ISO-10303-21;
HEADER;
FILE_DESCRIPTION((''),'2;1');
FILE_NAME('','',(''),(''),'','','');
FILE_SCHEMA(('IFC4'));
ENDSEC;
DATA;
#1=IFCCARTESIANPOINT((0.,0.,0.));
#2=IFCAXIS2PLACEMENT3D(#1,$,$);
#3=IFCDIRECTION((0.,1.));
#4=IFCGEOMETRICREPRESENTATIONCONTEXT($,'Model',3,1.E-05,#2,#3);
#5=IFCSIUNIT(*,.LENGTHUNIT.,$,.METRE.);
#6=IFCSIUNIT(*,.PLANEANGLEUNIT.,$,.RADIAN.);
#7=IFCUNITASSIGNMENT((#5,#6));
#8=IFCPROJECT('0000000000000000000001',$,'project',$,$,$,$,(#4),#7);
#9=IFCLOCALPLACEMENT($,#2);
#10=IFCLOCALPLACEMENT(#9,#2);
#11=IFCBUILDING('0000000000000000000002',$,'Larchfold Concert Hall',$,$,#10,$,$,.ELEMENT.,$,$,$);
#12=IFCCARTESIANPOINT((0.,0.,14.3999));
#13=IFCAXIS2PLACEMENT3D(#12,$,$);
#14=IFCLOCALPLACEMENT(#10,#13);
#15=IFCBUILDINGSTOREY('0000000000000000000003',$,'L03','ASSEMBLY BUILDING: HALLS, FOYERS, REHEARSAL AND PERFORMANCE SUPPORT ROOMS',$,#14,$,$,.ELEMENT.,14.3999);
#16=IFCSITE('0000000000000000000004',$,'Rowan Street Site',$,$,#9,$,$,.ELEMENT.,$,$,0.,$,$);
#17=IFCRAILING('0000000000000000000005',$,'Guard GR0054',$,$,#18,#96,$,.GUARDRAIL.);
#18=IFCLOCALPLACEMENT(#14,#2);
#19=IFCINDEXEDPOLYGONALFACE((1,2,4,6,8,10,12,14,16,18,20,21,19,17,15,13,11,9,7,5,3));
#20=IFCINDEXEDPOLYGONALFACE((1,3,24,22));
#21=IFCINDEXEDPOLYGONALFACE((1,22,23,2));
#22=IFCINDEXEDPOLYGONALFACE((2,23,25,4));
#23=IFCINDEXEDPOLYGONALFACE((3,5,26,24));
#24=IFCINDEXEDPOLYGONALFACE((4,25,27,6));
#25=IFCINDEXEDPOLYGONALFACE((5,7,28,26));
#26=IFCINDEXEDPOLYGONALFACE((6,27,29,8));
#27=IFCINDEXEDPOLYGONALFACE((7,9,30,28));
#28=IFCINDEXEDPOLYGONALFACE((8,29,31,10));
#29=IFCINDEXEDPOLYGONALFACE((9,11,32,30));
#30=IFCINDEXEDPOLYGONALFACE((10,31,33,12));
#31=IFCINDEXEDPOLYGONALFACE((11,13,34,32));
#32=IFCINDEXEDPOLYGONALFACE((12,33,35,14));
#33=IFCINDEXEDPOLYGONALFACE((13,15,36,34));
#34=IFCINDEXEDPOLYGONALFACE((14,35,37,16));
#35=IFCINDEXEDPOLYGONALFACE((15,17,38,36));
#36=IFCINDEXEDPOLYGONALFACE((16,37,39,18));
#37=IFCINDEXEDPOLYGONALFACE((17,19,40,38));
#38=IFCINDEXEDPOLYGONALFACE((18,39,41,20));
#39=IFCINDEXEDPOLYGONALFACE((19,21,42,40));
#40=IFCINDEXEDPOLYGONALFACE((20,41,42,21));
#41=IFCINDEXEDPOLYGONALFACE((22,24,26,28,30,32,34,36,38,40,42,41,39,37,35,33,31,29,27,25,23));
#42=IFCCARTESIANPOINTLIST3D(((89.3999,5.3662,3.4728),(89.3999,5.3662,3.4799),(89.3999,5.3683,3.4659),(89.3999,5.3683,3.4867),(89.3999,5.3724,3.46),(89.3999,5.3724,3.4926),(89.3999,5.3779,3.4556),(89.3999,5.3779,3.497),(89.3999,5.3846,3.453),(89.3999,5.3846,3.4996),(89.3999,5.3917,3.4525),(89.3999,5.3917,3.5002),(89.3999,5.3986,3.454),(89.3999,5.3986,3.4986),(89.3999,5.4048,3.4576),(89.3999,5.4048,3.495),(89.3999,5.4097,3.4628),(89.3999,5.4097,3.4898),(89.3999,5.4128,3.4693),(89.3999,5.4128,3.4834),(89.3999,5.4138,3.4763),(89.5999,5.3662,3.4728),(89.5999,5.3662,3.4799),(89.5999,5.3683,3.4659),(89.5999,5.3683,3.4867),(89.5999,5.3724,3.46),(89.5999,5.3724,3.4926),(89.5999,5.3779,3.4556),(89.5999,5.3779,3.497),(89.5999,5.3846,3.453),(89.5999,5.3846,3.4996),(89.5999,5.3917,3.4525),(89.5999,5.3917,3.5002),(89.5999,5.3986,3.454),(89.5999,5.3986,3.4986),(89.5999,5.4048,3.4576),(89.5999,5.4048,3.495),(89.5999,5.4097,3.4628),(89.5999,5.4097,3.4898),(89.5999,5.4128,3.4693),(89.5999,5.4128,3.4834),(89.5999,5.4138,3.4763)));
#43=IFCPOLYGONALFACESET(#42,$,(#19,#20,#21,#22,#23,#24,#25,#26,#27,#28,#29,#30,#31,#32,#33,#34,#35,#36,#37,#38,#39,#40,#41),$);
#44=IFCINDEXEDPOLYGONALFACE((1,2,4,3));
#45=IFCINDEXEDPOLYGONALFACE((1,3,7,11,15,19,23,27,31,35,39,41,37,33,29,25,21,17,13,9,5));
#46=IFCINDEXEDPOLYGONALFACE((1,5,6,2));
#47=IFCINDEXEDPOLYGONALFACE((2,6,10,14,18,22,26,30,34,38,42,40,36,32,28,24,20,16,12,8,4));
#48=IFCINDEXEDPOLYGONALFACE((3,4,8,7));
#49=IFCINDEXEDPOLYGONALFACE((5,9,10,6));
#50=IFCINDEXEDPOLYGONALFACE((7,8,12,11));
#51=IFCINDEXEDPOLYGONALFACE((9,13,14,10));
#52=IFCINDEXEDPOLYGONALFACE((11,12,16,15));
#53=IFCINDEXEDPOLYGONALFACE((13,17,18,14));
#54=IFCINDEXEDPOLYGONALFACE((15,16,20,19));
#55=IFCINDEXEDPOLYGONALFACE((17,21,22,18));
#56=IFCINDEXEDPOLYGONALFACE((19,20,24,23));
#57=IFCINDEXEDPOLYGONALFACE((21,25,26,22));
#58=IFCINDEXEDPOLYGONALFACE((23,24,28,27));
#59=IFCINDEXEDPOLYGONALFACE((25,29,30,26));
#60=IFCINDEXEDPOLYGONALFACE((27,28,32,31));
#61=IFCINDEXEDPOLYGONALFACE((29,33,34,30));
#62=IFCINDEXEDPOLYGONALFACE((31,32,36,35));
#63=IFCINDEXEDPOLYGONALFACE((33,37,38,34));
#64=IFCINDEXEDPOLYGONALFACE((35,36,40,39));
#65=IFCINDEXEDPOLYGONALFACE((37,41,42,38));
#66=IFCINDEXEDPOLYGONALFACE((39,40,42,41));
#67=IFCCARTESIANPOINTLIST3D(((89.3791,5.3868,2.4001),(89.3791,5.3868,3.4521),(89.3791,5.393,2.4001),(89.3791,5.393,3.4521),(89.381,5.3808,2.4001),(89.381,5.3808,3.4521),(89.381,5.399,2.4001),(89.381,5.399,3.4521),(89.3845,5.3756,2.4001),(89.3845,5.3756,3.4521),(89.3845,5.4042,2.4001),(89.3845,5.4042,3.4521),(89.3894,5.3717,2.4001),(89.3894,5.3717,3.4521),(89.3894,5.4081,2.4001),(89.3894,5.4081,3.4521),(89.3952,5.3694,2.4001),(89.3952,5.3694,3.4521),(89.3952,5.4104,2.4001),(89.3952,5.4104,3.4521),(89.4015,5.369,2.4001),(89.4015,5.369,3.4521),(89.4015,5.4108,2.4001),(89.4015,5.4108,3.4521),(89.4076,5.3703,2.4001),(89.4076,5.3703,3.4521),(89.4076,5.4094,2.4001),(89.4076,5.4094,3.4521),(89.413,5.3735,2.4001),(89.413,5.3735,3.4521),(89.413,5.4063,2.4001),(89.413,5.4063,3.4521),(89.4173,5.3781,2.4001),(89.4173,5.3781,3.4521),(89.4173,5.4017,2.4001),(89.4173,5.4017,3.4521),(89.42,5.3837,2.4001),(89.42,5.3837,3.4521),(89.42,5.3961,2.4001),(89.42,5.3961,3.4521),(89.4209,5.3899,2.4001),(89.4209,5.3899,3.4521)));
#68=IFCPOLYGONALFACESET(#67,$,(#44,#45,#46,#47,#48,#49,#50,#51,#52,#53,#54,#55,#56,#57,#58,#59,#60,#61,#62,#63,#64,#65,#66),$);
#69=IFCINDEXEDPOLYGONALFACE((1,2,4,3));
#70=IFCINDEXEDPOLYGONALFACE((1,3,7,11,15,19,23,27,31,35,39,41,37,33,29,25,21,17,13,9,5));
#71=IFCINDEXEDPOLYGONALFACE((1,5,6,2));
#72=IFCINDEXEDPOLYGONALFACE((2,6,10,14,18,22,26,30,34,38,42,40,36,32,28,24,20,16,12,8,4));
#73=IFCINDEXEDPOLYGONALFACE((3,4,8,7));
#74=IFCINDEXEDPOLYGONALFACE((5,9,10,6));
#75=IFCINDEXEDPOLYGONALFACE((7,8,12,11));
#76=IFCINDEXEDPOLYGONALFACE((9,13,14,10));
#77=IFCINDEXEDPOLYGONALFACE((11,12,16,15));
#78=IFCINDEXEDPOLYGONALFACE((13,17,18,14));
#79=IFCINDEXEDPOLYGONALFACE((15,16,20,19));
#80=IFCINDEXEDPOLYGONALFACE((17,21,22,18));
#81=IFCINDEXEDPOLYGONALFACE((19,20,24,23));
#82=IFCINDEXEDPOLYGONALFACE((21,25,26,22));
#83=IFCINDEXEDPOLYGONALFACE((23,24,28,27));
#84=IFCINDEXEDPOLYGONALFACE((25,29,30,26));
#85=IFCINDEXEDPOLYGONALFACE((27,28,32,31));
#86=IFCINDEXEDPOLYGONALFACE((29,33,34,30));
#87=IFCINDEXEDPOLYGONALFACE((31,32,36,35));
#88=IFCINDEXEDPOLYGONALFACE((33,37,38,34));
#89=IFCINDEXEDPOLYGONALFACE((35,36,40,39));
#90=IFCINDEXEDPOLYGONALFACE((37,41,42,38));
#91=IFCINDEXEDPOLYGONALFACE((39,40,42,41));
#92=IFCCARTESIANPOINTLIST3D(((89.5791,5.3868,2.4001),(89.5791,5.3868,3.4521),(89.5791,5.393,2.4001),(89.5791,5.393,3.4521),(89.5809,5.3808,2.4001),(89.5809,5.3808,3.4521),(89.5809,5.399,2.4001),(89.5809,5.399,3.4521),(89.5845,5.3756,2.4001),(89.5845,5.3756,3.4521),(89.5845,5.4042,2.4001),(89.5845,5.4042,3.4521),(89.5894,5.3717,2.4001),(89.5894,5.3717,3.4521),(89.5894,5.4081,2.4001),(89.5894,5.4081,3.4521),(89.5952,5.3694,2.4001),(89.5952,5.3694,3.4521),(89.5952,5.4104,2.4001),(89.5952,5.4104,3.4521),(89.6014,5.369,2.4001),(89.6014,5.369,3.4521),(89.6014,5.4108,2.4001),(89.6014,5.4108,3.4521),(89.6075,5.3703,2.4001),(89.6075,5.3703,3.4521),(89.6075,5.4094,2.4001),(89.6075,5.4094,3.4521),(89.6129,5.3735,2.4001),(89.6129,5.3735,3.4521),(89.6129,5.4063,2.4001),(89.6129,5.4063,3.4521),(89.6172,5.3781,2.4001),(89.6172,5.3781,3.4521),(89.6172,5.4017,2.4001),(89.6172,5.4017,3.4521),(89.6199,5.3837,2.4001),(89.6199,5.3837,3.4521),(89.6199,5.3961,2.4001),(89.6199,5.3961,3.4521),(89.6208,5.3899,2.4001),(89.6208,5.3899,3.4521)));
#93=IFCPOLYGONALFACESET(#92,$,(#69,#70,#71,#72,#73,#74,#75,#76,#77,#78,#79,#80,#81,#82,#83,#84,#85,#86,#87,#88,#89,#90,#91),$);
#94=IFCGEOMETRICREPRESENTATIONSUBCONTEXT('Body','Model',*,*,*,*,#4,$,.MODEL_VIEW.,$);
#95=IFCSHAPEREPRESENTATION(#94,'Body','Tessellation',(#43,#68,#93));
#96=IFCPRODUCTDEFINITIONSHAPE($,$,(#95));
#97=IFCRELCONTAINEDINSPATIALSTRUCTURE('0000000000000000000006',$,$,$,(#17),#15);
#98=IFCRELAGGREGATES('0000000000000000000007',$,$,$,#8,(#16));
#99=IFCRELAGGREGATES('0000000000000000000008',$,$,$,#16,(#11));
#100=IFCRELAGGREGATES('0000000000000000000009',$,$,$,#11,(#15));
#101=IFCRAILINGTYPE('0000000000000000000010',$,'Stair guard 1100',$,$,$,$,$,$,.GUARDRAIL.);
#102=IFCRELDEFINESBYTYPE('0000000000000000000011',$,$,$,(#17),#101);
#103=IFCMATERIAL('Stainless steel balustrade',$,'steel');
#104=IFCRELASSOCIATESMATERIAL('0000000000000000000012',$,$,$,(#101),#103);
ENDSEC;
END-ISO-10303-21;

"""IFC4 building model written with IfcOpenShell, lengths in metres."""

from ifc_helpers import new_model, si_unit, direction, frame, origin, origin_2d, place, context, subcontext, project, spatial, circle, extrude, material, type_object, element, save


model = new_model("IFC4")

# Units and contexts
model_context = context("Model", 3, precision=1e-05, world=origin(), true_north=direction((0.0, 1.0)))
body_context = subcontext(model_context, "Body", "Model", "MODEL_VIEW")
ifc_project = project(units=[si_unit("LENGTHUNIT", "METRE"), si_unit("PLANEANGLEUNIT", "RADIAN")], contexts=[model_context])

# Site, building, storey
site_placement = place(None, origin())
site = spatial("IfcSite", under=ifc_project, at=site_placement, Name="Rowan Street Site", CompositionType="ELEMENT", RefElevation=0.0)
building_placement = place(site_placement, origin())
building = spatial("IfcBuilding", under=site, at=building_placement, Name="Larchfold Concert Hall", CompositionType="ELEMENT")
storey_placement = place(building_placement, frame((0.0, 0.0, 14.3999)))
storey = spatial("IfcBuildingStorey", under=building, at=storey_placement, Name="L03", Description="ASSEMBLY BUILDING: HALLS, FOYERS, REHEARSAL AND PERFORMANCE SUPPORT ROOMS", CompositionType="ELEMENT", Elevation=14.3999)

# Railing
ifc_material_1 = material(Name="Stainless steel balustrade", Category="steel")
railing_type_1 = type_object("IfcRailingType", Name="Stair guard 1100", PredefinedType="GUARDRAIL", material=ifc_material_1)
railing_1_placement = place(storey_placement, frame((89.3999, 5.3899, 2.4001)))
element("IfcRailing", 1, at=railing_1_placement, inside=storey, type_object=railing_type_1, Name="Guard GR0054", PredefinedType="GUARDRAIL", context=body_context, shape_type="SweptSolid", body=[
    extrude(circle(Radius=0.0239, at=origin_2d()), frame((0.0, 0.0, 1.0762), z_axis=(1.0, 0.0, 0.0), x_axis=(0.0, 1.0, 0.0)), (0.0, 0.0, 1.0), 0.2),
    extrude(circle(Radius=0.021, at=origin_2d()), origin(), (0.0, 0.0, 1.0), 1.052),
    extrude(circle(Radius=0.021, at=origin_2d()), frame((0.2, 0.0, 0.0)), (0.0, 0.0, 1.0), 1.052),
])

save(model, "model.ifc")
